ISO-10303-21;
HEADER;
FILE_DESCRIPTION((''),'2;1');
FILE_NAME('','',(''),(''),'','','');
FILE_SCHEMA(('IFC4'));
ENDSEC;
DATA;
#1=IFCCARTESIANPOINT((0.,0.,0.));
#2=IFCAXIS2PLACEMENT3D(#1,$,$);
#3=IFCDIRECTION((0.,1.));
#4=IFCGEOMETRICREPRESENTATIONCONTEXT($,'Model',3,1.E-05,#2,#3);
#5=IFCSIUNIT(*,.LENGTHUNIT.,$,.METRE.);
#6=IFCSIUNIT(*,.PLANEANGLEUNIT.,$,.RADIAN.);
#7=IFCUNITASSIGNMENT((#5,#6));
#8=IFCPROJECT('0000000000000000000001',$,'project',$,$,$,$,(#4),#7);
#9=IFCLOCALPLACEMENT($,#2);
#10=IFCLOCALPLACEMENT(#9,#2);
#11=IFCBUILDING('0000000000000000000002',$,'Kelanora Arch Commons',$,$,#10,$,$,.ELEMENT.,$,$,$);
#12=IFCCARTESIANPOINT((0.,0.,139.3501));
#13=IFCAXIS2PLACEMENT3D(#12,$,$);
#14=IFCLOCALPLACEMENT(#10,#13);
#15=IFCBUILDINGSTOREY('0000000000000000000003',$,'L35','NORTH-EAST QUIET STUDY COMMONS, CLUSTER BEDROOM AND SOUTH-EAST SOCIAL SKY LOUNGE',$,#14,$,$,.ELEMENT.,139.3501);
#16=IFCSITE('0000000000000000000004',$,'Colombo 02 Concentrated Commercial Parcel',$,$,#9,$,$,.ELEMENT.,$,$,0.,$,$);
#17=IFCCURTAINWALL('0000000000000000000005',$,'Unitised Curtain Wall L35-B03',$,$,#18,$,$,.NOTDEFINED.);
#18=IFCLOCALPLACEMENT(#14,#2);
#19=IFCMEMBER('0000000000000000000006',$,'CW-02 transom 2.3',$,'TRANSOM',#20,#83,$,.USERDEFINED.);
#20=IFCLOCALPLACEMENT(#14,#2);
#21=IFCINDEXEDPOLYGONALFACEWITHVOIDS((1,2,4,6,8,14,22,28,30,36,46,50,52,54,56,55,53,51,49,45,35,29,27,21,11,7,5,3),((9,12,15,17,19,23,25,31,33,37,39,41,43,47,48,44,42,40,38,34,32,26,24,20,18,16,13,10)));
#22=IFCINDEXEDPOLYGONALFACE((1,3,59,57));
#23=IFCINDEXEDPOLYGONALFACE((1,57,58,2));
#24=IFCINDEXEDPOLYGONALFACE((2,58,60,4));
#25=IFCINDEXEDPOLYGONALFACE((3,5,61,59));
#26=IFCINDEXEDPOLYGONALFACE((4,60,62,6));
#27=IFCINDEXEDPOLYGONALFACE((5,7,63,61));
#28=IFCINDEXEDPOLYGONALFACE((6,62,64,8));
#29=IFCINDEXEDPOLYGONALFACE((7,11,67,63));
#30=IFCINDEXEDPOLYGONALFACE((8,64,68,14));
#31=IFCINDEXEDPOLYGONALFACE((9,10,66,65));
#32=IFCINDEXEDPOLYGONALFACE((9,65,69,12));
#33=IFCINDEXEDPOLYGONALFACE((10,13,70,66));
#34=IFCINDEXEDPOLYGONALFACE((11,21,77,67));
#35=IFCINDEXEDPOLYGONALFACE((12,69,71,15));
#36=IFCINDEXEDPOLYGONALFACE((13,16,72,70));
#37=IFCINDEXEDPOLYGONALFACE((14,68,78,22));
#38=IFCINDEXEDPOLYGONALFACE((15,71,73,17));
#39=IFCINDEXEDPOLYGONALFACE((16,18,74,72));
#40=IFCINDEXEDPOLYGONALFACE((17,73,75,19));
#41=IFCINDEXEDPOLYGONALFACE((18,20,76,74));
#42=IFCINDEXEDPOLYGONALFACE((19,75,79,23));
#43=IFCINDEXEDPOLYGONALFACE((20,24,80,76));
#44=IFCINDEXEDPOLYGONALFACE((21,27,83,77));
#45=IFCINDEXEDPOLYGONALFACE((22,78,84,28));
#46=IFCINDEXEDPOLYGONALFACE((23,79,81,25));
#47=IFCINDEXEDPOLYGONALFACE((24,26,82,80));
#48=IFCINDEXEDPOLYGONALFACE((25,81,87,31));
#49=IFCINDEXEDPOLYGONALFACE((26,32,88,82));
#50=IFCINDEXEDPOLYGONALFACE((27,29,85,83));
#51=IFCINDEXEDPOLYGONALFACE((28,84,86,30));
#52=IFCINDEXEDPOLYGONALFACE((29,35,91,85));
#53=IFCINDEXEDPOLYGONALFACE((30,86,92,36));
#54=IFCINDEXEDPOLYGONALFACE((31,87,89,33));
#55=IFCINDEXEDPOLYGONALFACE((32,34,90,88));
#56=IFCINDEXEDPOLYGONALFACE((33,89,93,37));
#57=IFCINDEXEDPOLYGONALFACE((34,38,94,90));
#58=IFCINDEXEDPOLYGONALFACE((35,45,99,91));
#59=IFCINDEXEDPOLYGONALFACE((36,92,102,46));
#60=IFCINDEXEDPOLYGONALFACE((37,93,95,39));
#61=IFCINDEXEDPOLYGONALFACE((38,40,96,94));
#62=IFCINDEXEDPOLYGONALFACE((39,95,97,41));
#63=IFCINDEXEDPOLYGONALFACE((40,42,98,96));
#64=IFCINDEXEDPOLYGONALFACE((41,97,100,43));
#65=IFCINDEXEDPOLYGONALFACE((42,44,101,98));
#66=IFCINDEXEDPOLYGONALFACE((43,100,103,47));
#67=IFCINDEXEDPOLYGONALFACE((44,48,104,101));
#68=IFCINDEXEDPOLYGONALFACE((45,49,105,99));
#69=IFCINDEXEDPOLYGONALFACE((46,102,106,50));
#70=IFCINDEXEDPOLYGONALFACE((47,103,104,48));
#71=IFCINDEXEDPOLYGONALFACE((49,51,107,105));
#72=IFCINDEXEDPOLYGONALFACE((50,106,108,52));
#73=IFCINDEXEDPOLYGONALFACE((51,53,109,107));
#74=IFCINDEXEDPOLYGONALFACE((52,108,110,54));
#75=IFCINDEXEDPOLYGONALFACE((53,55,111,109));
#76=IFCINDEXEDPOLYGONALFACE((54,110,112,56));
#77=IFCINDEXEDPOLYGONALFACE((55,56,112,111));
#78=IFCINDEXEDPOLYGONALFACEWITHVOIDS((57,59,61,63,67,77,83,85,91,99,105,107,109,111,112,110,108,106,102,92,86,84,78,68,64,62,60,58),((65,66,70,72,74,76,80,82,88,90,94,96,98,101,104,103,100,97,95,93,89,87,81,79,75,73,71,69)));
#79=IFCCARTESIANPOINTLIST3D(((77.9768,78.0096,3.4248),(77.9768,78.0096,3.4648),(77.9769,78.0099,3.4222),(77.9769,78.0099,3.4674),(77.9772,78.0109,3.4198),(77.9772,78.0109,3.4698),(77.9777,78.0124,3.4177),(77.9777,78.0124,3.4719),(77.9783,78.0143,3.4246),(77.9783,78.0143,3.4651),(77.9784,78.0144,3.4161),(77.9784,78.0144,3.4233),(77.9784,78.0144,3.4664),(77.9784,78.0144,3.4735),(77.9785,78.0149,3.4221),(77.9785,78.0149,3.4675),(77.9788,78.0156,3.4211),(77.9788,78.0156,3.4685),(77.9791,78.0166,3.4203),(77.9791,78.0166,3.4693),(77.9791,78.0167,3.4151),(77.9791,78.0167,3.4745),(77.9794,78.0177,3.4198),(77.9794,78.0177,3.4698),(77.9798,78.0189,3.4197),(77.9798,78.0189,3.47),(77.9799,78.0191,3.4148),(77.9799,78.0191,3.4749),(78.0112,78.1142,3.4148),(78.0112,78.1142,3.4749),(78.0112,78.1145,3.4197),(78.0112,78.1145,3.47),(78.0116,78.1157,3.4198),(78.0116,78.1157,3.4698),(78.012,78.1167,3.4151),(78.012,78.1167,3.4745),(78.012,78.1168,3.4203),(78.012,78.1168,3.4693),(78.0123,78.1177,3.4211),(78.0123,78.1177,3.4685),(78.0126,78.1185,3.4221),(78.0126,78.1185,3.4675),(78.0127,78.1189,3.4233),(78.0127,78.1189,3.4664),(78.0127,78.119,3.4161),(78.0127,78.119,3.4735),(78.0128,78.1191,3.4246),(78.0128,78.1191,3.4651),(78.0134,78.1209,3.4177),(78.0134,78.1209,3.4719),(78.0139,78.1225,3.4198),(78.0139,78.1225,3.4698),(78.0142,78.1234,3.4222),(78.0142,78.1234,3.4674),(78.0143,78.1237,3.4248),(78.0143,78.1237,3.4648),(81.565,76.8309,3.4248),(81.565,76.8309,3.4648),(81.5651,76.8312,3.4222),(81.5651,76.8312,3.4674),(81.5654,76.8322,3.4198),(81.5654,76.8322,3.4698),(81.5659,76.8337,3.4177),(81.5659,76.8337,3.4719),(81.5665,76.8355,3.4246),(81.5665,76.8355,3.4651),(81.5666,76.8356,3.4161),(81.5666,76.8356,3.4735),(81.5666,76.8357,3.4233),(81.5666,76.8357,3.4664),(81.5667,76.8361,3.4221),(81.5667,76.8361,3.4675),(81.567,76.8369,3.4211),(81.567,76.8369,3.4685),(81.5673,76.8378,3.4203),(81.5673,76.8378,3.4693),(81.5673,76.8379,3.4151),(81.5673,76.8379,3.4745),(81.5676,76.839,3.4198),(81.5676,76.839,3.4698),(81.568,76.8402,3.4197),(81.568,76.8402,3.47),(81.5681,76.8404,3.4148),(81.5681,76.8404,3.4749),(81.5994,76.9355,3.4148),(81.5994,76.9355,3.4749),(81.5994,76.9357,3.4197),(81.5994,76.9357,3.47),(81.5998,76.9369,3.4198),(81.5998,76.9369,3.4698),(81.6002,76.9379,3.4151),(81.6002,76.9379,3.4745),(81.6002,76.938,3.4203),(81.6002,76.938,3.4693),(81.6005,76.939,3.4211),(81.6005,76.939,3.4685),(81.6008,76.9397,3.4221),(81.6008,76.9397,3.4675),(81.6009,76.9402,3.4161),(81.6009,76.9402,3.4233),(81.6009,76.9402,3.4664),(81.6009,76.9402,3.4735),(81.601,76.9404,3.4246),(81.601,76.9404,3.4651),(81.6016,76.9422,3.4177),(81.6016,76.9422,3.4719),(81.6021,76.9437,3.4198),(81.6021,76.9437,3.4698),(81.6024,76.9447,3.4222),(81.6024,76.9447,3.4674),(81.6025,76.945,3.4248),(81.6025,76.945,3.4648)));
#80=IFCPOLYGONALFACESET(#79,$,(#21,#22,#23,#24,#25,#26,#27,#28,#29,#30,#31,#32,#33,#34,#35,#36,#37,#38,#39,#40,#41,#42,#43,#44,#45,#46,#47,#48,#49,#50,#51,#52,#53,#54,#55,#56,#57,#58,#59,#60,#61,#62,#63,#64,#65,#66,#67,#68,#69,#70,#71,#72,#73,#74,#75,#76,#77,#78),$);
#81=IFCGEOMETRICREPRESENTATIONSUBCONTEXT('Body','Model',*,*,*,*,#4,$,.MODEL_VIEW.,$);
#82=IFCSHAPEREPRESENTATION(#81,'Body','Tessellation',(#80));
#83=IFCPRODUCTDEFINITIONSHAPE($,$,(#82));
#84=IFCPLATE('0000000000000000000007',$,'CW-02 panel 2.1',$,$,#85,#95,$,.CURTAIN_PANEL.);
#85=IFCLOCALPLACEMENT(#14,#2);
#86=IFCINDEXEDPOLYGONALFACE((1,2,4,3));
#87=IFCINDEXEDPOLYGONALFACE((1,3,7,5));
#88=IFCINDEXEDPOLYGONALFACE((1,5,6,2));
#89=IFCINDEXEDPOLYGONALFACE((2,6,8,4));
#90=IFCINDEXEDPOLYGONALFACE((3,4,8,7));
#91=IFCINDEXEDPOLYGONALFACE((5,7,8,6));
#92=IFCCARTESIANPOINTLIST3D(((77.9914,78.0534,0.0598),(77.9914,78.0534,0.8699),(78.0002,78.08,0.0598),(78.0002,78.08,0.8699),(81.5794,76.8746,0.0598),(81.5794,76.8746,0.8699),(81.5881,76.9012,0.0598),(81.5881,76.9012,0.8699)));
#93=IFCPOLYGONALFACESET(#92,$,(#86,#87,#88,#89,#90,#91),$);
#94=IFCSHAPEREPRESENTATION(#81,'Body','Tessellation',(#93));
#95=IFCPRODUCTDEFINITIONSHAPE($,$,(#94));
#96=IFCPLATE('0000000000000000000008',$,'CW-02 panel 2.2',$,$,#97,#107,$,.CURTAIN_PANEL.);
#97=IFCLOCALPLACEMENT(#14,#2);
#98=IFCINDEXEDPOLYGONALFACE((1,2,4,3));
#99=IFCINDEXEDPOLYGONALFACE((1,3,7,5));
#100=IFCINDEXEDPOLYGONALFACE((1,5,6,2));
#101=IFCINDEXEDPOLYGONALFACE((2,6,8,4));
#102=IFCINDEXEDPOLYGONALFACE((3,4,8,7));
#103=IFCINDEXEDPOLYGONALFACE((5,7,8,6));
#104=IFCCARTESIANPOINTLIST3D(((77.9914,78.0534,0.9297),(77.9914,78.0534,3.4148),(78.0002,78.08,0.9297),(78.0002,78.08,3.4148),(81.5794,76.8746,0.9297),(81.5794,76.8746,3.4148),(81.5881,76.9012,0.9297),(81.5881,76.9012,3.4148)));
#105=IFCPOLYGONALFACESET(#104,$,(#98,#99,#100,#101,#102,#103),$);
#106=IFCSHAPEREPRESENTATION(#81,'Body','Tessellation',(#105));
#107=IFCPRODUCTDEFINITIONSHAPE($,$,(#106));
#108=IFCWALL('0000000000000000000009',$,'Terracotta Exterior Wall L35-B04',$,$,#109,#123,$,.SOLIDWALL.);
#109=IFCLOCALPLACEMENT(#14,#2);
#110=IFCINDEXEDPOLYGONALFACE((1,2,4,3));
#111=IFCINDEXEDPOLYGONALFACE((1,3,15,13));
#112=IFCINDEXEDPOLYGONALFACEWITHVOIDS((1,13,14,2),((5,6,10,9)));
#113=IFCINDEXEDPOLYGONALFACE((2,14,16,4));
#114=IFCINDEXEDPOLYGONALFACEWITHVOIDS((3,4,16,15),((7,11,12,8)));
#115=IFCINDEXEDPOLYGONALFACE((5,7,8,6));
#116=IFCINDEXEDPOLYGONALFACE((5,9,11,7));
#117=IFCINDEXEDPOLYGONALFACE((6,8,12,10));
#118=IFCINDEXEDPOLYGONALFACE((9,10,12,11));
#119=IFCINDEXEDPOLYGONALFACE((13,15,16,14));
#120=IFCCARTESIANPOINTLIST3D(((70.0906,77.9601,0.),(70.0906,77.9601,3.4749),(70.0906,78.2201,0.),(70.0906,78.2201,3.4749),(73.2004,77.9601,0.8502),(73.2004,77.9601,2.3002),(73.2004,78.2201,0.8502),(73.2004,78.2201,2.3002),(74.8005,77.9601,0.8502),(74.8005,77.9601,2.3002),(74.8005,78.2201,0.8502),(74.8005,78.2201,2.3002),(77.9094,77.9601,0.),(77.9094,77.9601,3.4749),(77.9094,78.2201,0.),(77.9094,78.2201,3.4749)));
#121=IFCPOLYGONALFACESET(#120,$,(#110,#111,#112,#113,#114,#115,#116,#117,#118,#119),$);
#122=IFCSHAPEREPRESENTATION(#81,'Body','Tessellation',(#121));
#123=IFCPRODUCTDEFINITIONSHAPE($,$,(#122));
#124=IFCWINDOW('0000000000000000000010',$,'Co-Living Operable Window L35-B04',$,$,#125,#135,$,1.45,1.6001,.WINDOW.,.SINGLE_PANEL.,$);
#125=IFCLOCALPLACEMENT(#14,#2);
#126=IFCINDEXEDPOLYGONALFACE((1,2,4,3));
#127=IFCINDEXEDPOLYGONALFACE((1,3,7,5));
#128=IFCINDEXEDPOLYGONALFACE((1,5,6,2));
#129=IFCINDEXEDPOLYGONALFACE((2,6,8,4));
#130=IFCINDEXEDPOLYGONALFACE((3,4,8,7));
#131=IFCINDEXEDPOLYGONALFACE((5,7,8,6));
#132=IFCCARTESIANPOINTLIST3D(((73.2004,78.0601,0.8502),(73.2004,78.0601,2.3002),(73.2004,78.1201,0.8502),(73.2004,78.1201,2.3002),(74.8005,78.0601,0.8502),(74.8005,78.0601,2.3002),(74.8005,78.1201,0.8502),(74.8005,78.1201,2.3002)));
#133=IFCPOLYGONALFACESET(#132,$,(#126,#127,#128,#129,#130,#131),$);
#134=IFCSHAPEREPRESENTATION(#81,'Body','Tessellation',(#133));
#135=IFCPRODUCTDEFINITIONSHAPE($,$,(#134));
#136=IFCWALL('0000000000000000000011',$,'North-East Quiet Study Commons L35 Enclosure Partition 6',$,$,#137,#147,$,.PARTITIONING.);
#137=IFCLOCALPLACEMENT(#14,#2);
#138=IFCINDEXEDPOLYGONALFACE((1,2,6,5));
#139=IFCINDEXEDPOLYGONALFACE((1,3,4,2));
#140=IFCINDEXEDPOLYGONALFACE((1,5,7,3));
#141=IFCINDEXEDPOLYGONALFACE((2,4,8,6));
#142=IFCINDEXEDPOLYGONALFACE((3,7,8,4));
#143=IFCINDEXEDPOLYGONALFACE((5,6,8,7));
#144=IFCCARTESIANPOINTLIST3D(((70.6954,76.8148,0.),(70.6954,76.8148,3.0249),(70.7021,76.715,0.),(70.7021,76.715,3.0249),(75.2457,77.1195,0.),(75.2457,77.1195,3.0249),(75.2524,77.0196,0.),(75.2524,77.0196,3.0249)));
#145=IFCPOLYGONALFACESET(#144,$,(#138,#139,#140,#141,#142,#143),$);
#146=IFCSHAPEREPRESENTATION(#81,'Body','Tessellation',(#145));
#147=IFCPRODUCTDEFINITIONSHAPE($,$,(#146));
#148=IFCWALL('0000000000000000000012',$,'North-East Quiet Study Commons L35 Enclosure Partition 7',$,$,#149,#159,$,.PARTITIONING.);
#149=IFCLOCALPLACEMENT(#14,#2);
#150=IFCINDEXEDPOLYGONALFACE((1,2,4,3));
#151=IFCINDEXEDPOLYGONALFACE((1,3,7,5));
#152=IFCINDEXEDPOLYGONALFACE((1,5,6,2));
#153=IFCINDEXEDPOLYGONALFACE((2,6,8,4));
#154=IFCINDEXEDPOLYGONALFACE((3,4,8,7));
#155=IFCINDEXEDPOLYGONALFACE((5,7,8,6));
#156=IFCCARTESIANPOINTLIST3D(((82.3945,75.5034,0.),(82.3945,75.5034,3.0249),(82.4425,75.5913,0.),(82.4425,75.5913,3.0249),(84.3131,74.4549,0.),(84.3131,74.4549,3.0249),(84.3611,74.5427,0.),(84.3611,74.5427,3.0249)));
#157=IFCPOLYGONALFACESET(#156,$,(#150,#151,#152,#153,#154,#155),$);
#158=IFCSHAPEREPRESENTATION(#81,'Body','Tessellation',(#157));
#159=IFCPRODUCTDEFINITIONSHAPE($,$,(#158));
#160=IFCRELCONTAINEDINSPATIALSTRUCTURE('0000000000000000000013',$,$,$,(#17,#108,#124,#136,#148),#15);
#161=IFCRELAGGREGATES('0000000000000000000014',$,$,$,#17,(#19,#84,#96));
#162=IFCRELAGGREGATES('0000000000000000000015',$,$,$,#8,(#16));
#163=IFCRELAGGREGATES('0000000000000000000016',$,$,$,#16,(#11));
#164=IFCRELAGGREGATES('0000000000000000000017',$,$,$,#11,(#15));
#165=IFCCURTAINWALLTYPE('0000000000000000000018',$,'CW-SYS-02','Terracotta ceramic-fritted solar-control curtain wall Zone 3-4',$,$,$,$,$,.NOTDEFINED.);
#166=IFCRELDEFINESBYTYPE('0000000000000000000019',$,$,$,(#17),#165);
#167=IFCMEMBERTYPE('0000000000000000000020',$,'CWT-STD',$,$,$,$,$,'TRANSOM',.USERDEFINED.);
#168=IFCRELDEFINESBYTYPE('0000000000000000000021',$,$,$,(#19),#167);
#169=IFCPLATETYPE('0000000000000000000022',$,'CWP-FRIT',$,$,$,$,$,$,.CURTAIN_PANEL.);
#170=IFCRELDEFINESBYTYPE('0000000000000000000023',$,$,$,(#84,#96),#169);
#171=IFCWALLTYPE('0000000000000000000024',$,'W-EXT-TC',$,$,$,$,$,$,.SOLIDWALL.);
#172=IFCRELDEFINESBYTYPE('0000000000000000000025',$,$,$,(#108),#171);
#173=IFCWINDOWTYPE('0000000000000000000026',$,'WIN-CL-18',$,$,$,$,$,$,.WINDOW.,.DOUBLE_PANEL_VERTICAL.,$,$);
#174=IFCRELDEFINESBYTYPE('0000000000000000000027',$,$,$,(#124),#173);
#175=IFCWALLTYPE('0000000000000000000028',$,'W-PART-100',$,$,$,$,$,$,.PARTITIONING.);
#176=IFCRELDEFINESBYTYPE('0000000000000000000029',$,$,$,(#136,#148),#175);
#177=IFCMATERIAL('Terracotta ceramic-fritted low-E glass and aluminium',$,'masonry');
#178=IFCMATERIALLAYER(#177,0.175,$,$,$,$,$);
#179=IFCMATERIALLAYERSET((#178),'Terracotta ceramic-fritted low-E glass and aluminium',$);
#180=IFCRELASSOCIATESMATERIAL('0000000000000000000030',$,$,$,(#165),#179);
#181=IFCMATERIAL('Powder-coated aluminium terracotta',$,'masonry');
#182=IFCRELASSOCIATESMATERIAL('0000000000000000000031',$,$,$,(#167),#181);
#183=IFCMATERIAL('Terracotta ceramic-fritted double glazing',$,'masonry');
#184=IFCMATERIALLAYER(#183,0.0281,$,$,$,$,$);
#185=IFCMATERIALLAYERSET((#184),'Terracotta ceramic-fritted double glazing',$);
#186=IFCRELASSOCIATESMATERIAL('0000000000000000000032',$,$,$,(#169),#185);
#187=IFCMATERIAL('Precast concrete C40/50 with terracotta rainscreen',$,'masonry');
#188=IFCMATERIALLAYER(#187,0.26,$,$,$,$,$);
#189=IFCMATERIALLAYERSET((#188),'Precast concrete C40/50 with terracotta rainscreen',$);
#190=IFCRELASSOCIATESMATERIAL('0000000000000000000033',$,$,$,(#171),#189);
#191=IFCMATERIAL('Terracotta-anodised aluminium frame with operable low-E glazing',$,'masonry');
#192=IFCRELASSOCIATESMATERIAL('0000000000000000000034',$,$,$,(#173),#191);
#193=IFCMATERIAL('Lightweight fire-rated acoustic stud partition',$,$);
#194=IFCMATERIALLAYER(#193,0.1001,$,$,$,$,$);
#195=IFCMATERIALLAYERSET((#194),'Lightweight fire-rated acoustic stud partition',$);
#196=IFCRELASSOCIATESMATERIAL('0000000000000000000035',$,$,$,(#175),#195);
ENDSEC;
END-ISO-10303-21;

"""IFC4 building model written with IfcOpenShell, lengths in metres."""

from ifc_helpers import new_model, si_unit, direction, frame, frame_2d, origin, origin_2d, place, context, subcontext, project, spatial, rectangle, hollow_rectangle, extrude, source, transform, mapped, material, layer, layer_set, material_profile, profile_set, type_object, element, fill, aggregate, save


model = new_model("IFC4")

# Units and contexts
model_context = context("Model", 3, precision=1e-05, world=origin(), true_north=direction((0.0, 1.0)))
body_context = subcontext(model_context, "Body", "Model", "MODEL_VIEW")
ifc_project = project(units=[si_unit("LENGTHUNIT", "METRE"), si_unit("PLANEANGLEUNIT", "RADIAN")], contexts=[model_context])

# Site, building, storey
site_placement = place(None, origin())
site = spatial("IfcSite", under=ifc_project, at=site_placement, Name="Colombo 02 Concentrated Commercial Parcel", CompositionType="ELEMENT", RefElevation=0.0)
building_placement = place(site_placement, origin())
building = spatial("IfcBuilding", under=site, at=building_placement, Name="Kelanora Arch Commons", CompositionType="ELEMENT")
storey_placement = place(building_placement, frame((0.0, 0.0, 139.3501)))
storey = spatial("IfcBuildingStorey", under=building, at=storey_placement, Name="L35", Description="NORTH-EAST QUIET STUDY COMMONS, CLUSTER BEDROOM AND SOUTH-EAST SOCIAL SKY LOUNGE", CompositionType="ELEMENT", Elevation=139.3501)

# Curtain wall, member, plates
ifc_material_1 = material(Name="Terracotta ceramic-fritted low-E glass and aluminium", Category="masonry")
ifc_layer_1 = layer(ifc_material_1, 0.175)
ifc_layer_set_1 = layer_set([ifc_layer_1], Name="Terracotta ceramic-fritted low-E glass and aluminium")
curtain_wall_type = type_object("IfcCurtainWallType", Name="CW-SYS-02", Description="Terracotta ceramic-fritted solar-control curtain wall Zone 3-4", PredefinedType="NOTDEFINED", material=ifc_layer_set_1)
curtain_wall_placement = place(storey_placement, origin())
curtain_wall = element("IfcCurtainWall", 1, at=curtain_wall_placement, inside=storey, type_object=curtain_wall_type, Name="Unitised Curtain Wall L35-B03", PredefinedType="NOTDEFINED")
ifc_material_2 = material(Name="Powder-coated aluminium terracotta", Category="masonry")
ifc_material_profile_1 = material_profile(ifc_material_2, hollow_rectangle(XDim=0.1201, YDim=0.0601, WallThickness=0.0049, InnerFilletRadius=0.0049, OuterFilletRadius=0.01, at=origin_2d()), Name="CWT120x60")
ifc_profile_set_1 = profile_set([ifc_material_profile_1], Name="Powder-coated aluminium terracotta")
member_type_1 = type_object("IfcMemberType", Name="CWT-STD", ElementType="TRANSOM", PredefinedType="USERDEFINED", material=ifc_profile_set_1)
member_1_placement = place(storey_placement, frame((81.5837, 76.8879, 3.4448), z_axis=(-0.950051, 0.312094, 0.0), x_axis=(-0.312094, -0.950051, 0.0)))
member_1 = element("IfcMember", 2, at=member_1_placement, type_object=member_type_1, Name="CW-02 transom 2.3", ObjectType="TRANSOM", PredefinedType="USERDEFINED", context=body_context, shape_type="SweptSolid", body=[
    extrude(hollow_rectangle(XDim=0.1201, YDim=0.0601, WallThickness=0.0049, InnerFilletRadius=0.0049, OuterFilletRadius=0.01, at=origin_2d()), origin(), (0.0, 0.0, 1.0), 3.7769),
])
ifc_material_3 = material(Name="Terracotta ceramic-fritted double glazing", Category="masonry")
ifc_layer_2 = layer(ifc_material_3, 0.0281)
ifc_layer_set_2 = layer_set([ifc_layer_2], Name="Terracotta ceramic-fritted double glazing")
plate_type = type_object("IfcPlateType", Name="CWP-FRIT", PredefinedType="CURTAIN_PANEL", material=ifc_layer_set_2)
shared_shape_1 = source(origin(), body_context, "Body", "SweptSolid", [
    extrude(rectangle(XDim=3.7766, YDim=0.0281, at=origin_2d()), origin(), (0.0, 0.0, 1.0), 0.8101),
])
plate_1_placement = place(storey_placement, frame((79.7898, 77.4773, 0.0598), z_axis=(0.0, 0.0, 1.0), x_axis=(-0.95004, 0.312128, 0.0)))
plate_1 = element("IfcPlate", 3, at=plate_1_placement, type_object=plate_type, Name="CW-02 panel 2.1", PredefinedType="CURTAIN_PANEL", context=body_context, shape_type="MappedRepresentation", body=[
    mapped(shared_shape_1, transform((0.0, 0.0, 0.0), scale=1.0)),
])
shared_shape_2 = source(origin(), body_context, "Body", "SweptSolid", [
    extrude(rectangle(XDim=3.7766, YDim=0.0281, at=origin_2d()), origin(), (0.0, 0.0, 1.0), 2.4851),
])
plate_2_placement = place(storey_placement, frame((79.7898, 77.4773, 0.9297), z_axis=(0.0, 0.0, 1.0), x_axis=(-0.95004, 0.312128, 0.0)))
plate_2 = element("IfcPlate", 4, at=plate_2_placement, type_object=plate_type, Name="CW-02 panel 2.2", PredefinedType="CURTAIN_PANEL", context=body_context, shape_type="MappedRepresentation", body=[
    mapped(shared_shape_2, transform((0.0, 0.0, 0.0), scale=1.0)),
])
aggregate(curtain_wall, [member_1, plate_1, plate_2])

# Wall, opening, window
ifc_material_4 = material(Name="Precast concrete C40/50 with terracotta rainscreen", Category="masonry")
ifc_layer_3 = layer(ifc_material_4, 0.26)
ifc_layer_set_3 = layer_set([ifc_layer_3], Name="Precast concrete C40/50 with terracotta rainscreen")
wall_type_1 = type_object("IfcWallType", Name="W-EXT-TC", PredefinedType="SOLIDWALL", material=ifc_layer_set_3)
wall_1_placement = place(storey_placement, frame((77.9094, 78.0901, 0.0), z_axis=(0.0, 0.0, 1.0), x_axis=(-1.0, 0.0, 0.0)))
wall_1 = element("IfcWall", 5, at=wall_1_placement, inside=storey, type_object=wall_type_1, Name="Terracotta Exterior Wall L35-B04", PredefinedType="SOLIDWALL", context=body_context, shape_type="SweptSolid", body=[
    extrude(rectangle(XDim=7.8188, YDim=0.26, at=frame_2d((3.9094, 0.0))), origin(), (0.0, 0.0, 1.0), 3.4749),
])
opening_1_placement = place(wall_1_placement, frame((3.1089, 0.0, 0.8501)))
opening_1 = element("IfcOpeningElement", 6, at=opening_1_placement, cuts=wall_1, PredefinedType="OPENING", context=body_context, shape_type="SweptSolid", body=[
    extrude(rectangle(XDim=1.6001, YDim=1.45, at=frame_2d((0.8, 0.7251))), frame((0.0, 0.1401, 0.0), z_axis=(0.0, -1.0, 0.0), x_axis=(1.0, 0.0, 0.0)), (0.0, 0.0, 1.0), 0.28),
])
ifc_material_5 = material(Name="Terracotta-anodised aluminium frame with operable low-E glazing", Category="masonry")
window_type = type_object("IfcWindowType", Name="WIN-CL-18", PartitioningType="DOUBLE_PANEL_VERTICAL", PredefinedType="WINDOW", material=ifc_material_5)
window_placement = place(opening_1_placement, origin())
window = element("IfcWindow", 7, at=window_placement, inside=storey, type_object=window_type, Name="Co-Living Operable Window L35-B04", OverallHeight=1.45, OverallWidth=1.6001, PartitioningType="SINGLE_PANEL", PredefinedType="WINDOW", context=body_context, shape_type="SweptSolid", body=[
    extrude(rectangle(XDim=1.6001, YDim=1.45, at=frame_2d((0.8, 0.7251))), frame((0.0, 0.03, 0.0), z_axis=(0.0, -1.0, 0.0), x_axis=(1.0, 0.0, 0.0)), (0.0, 0.0, 1.0), 0.0601),
])
fill(opening_1, window)

# Walls
ifc_material_6 = material(Name="Lightweight fire-rated acoustic stud partition")
ifc_layer_4 = layer(ifc_material_6, 0.1001)
ifc_layer_set_4 = layer_set([ifc_layer_4], Name="Lightweight fire-rated acoustic stud partition")
wall_type_2 = type_object("IfcWallType", Name="W-PART-100", PredefinedType="PARTITIONING", material=ifc_layer_set_4)
wall_2_placement = place(storey_placement, frame((70.6987, 76.7649, 0.0), z_axis=(0.0, 0.0, 1.0), x_axis=(0.997766, 0.06681, 0.0)))
element("IfcWall", 8, at=wall_2_placement, inside=storey, type_object=wall_type_2, Name="North-East Quiet Study Commons L35 Enclosure Partition 6", PredefinedType="PARTITIONING", context=body_context, shape_type="SweptSolid", body=[
    extrude(rectangle(XDim=4.5605, YDim=0.1001, at=frame_2d((2.2803, 0.0))), origin(), (0.0, 0.0, 1.0), 3.0249),
])
wall_3_placement = place(storey_placement, frame((82.4185, 75.5474, 0.0), z_axis=(0.0, 0.0, 1.0), x_axis=(0.877507, -0.479564, 0.0)))
element("IfcWall", 9, at=wall_3_placement, inside=storey, type_object=wall_type_2, Name="North-East Quiet Study Commons L35 Enclosure Partition 7", PredefinedType="PARTITIONING", context=body_context, shape_type="SweptSolid", body=[
    extrude(rectangle(XDim=2.1865, YDim=0.1001, at=frame_2d((1.0933, 0.0))), origin(), (0.0, 0.0, 1.0), 3.0249),
])

save(model, "model.ifc")
